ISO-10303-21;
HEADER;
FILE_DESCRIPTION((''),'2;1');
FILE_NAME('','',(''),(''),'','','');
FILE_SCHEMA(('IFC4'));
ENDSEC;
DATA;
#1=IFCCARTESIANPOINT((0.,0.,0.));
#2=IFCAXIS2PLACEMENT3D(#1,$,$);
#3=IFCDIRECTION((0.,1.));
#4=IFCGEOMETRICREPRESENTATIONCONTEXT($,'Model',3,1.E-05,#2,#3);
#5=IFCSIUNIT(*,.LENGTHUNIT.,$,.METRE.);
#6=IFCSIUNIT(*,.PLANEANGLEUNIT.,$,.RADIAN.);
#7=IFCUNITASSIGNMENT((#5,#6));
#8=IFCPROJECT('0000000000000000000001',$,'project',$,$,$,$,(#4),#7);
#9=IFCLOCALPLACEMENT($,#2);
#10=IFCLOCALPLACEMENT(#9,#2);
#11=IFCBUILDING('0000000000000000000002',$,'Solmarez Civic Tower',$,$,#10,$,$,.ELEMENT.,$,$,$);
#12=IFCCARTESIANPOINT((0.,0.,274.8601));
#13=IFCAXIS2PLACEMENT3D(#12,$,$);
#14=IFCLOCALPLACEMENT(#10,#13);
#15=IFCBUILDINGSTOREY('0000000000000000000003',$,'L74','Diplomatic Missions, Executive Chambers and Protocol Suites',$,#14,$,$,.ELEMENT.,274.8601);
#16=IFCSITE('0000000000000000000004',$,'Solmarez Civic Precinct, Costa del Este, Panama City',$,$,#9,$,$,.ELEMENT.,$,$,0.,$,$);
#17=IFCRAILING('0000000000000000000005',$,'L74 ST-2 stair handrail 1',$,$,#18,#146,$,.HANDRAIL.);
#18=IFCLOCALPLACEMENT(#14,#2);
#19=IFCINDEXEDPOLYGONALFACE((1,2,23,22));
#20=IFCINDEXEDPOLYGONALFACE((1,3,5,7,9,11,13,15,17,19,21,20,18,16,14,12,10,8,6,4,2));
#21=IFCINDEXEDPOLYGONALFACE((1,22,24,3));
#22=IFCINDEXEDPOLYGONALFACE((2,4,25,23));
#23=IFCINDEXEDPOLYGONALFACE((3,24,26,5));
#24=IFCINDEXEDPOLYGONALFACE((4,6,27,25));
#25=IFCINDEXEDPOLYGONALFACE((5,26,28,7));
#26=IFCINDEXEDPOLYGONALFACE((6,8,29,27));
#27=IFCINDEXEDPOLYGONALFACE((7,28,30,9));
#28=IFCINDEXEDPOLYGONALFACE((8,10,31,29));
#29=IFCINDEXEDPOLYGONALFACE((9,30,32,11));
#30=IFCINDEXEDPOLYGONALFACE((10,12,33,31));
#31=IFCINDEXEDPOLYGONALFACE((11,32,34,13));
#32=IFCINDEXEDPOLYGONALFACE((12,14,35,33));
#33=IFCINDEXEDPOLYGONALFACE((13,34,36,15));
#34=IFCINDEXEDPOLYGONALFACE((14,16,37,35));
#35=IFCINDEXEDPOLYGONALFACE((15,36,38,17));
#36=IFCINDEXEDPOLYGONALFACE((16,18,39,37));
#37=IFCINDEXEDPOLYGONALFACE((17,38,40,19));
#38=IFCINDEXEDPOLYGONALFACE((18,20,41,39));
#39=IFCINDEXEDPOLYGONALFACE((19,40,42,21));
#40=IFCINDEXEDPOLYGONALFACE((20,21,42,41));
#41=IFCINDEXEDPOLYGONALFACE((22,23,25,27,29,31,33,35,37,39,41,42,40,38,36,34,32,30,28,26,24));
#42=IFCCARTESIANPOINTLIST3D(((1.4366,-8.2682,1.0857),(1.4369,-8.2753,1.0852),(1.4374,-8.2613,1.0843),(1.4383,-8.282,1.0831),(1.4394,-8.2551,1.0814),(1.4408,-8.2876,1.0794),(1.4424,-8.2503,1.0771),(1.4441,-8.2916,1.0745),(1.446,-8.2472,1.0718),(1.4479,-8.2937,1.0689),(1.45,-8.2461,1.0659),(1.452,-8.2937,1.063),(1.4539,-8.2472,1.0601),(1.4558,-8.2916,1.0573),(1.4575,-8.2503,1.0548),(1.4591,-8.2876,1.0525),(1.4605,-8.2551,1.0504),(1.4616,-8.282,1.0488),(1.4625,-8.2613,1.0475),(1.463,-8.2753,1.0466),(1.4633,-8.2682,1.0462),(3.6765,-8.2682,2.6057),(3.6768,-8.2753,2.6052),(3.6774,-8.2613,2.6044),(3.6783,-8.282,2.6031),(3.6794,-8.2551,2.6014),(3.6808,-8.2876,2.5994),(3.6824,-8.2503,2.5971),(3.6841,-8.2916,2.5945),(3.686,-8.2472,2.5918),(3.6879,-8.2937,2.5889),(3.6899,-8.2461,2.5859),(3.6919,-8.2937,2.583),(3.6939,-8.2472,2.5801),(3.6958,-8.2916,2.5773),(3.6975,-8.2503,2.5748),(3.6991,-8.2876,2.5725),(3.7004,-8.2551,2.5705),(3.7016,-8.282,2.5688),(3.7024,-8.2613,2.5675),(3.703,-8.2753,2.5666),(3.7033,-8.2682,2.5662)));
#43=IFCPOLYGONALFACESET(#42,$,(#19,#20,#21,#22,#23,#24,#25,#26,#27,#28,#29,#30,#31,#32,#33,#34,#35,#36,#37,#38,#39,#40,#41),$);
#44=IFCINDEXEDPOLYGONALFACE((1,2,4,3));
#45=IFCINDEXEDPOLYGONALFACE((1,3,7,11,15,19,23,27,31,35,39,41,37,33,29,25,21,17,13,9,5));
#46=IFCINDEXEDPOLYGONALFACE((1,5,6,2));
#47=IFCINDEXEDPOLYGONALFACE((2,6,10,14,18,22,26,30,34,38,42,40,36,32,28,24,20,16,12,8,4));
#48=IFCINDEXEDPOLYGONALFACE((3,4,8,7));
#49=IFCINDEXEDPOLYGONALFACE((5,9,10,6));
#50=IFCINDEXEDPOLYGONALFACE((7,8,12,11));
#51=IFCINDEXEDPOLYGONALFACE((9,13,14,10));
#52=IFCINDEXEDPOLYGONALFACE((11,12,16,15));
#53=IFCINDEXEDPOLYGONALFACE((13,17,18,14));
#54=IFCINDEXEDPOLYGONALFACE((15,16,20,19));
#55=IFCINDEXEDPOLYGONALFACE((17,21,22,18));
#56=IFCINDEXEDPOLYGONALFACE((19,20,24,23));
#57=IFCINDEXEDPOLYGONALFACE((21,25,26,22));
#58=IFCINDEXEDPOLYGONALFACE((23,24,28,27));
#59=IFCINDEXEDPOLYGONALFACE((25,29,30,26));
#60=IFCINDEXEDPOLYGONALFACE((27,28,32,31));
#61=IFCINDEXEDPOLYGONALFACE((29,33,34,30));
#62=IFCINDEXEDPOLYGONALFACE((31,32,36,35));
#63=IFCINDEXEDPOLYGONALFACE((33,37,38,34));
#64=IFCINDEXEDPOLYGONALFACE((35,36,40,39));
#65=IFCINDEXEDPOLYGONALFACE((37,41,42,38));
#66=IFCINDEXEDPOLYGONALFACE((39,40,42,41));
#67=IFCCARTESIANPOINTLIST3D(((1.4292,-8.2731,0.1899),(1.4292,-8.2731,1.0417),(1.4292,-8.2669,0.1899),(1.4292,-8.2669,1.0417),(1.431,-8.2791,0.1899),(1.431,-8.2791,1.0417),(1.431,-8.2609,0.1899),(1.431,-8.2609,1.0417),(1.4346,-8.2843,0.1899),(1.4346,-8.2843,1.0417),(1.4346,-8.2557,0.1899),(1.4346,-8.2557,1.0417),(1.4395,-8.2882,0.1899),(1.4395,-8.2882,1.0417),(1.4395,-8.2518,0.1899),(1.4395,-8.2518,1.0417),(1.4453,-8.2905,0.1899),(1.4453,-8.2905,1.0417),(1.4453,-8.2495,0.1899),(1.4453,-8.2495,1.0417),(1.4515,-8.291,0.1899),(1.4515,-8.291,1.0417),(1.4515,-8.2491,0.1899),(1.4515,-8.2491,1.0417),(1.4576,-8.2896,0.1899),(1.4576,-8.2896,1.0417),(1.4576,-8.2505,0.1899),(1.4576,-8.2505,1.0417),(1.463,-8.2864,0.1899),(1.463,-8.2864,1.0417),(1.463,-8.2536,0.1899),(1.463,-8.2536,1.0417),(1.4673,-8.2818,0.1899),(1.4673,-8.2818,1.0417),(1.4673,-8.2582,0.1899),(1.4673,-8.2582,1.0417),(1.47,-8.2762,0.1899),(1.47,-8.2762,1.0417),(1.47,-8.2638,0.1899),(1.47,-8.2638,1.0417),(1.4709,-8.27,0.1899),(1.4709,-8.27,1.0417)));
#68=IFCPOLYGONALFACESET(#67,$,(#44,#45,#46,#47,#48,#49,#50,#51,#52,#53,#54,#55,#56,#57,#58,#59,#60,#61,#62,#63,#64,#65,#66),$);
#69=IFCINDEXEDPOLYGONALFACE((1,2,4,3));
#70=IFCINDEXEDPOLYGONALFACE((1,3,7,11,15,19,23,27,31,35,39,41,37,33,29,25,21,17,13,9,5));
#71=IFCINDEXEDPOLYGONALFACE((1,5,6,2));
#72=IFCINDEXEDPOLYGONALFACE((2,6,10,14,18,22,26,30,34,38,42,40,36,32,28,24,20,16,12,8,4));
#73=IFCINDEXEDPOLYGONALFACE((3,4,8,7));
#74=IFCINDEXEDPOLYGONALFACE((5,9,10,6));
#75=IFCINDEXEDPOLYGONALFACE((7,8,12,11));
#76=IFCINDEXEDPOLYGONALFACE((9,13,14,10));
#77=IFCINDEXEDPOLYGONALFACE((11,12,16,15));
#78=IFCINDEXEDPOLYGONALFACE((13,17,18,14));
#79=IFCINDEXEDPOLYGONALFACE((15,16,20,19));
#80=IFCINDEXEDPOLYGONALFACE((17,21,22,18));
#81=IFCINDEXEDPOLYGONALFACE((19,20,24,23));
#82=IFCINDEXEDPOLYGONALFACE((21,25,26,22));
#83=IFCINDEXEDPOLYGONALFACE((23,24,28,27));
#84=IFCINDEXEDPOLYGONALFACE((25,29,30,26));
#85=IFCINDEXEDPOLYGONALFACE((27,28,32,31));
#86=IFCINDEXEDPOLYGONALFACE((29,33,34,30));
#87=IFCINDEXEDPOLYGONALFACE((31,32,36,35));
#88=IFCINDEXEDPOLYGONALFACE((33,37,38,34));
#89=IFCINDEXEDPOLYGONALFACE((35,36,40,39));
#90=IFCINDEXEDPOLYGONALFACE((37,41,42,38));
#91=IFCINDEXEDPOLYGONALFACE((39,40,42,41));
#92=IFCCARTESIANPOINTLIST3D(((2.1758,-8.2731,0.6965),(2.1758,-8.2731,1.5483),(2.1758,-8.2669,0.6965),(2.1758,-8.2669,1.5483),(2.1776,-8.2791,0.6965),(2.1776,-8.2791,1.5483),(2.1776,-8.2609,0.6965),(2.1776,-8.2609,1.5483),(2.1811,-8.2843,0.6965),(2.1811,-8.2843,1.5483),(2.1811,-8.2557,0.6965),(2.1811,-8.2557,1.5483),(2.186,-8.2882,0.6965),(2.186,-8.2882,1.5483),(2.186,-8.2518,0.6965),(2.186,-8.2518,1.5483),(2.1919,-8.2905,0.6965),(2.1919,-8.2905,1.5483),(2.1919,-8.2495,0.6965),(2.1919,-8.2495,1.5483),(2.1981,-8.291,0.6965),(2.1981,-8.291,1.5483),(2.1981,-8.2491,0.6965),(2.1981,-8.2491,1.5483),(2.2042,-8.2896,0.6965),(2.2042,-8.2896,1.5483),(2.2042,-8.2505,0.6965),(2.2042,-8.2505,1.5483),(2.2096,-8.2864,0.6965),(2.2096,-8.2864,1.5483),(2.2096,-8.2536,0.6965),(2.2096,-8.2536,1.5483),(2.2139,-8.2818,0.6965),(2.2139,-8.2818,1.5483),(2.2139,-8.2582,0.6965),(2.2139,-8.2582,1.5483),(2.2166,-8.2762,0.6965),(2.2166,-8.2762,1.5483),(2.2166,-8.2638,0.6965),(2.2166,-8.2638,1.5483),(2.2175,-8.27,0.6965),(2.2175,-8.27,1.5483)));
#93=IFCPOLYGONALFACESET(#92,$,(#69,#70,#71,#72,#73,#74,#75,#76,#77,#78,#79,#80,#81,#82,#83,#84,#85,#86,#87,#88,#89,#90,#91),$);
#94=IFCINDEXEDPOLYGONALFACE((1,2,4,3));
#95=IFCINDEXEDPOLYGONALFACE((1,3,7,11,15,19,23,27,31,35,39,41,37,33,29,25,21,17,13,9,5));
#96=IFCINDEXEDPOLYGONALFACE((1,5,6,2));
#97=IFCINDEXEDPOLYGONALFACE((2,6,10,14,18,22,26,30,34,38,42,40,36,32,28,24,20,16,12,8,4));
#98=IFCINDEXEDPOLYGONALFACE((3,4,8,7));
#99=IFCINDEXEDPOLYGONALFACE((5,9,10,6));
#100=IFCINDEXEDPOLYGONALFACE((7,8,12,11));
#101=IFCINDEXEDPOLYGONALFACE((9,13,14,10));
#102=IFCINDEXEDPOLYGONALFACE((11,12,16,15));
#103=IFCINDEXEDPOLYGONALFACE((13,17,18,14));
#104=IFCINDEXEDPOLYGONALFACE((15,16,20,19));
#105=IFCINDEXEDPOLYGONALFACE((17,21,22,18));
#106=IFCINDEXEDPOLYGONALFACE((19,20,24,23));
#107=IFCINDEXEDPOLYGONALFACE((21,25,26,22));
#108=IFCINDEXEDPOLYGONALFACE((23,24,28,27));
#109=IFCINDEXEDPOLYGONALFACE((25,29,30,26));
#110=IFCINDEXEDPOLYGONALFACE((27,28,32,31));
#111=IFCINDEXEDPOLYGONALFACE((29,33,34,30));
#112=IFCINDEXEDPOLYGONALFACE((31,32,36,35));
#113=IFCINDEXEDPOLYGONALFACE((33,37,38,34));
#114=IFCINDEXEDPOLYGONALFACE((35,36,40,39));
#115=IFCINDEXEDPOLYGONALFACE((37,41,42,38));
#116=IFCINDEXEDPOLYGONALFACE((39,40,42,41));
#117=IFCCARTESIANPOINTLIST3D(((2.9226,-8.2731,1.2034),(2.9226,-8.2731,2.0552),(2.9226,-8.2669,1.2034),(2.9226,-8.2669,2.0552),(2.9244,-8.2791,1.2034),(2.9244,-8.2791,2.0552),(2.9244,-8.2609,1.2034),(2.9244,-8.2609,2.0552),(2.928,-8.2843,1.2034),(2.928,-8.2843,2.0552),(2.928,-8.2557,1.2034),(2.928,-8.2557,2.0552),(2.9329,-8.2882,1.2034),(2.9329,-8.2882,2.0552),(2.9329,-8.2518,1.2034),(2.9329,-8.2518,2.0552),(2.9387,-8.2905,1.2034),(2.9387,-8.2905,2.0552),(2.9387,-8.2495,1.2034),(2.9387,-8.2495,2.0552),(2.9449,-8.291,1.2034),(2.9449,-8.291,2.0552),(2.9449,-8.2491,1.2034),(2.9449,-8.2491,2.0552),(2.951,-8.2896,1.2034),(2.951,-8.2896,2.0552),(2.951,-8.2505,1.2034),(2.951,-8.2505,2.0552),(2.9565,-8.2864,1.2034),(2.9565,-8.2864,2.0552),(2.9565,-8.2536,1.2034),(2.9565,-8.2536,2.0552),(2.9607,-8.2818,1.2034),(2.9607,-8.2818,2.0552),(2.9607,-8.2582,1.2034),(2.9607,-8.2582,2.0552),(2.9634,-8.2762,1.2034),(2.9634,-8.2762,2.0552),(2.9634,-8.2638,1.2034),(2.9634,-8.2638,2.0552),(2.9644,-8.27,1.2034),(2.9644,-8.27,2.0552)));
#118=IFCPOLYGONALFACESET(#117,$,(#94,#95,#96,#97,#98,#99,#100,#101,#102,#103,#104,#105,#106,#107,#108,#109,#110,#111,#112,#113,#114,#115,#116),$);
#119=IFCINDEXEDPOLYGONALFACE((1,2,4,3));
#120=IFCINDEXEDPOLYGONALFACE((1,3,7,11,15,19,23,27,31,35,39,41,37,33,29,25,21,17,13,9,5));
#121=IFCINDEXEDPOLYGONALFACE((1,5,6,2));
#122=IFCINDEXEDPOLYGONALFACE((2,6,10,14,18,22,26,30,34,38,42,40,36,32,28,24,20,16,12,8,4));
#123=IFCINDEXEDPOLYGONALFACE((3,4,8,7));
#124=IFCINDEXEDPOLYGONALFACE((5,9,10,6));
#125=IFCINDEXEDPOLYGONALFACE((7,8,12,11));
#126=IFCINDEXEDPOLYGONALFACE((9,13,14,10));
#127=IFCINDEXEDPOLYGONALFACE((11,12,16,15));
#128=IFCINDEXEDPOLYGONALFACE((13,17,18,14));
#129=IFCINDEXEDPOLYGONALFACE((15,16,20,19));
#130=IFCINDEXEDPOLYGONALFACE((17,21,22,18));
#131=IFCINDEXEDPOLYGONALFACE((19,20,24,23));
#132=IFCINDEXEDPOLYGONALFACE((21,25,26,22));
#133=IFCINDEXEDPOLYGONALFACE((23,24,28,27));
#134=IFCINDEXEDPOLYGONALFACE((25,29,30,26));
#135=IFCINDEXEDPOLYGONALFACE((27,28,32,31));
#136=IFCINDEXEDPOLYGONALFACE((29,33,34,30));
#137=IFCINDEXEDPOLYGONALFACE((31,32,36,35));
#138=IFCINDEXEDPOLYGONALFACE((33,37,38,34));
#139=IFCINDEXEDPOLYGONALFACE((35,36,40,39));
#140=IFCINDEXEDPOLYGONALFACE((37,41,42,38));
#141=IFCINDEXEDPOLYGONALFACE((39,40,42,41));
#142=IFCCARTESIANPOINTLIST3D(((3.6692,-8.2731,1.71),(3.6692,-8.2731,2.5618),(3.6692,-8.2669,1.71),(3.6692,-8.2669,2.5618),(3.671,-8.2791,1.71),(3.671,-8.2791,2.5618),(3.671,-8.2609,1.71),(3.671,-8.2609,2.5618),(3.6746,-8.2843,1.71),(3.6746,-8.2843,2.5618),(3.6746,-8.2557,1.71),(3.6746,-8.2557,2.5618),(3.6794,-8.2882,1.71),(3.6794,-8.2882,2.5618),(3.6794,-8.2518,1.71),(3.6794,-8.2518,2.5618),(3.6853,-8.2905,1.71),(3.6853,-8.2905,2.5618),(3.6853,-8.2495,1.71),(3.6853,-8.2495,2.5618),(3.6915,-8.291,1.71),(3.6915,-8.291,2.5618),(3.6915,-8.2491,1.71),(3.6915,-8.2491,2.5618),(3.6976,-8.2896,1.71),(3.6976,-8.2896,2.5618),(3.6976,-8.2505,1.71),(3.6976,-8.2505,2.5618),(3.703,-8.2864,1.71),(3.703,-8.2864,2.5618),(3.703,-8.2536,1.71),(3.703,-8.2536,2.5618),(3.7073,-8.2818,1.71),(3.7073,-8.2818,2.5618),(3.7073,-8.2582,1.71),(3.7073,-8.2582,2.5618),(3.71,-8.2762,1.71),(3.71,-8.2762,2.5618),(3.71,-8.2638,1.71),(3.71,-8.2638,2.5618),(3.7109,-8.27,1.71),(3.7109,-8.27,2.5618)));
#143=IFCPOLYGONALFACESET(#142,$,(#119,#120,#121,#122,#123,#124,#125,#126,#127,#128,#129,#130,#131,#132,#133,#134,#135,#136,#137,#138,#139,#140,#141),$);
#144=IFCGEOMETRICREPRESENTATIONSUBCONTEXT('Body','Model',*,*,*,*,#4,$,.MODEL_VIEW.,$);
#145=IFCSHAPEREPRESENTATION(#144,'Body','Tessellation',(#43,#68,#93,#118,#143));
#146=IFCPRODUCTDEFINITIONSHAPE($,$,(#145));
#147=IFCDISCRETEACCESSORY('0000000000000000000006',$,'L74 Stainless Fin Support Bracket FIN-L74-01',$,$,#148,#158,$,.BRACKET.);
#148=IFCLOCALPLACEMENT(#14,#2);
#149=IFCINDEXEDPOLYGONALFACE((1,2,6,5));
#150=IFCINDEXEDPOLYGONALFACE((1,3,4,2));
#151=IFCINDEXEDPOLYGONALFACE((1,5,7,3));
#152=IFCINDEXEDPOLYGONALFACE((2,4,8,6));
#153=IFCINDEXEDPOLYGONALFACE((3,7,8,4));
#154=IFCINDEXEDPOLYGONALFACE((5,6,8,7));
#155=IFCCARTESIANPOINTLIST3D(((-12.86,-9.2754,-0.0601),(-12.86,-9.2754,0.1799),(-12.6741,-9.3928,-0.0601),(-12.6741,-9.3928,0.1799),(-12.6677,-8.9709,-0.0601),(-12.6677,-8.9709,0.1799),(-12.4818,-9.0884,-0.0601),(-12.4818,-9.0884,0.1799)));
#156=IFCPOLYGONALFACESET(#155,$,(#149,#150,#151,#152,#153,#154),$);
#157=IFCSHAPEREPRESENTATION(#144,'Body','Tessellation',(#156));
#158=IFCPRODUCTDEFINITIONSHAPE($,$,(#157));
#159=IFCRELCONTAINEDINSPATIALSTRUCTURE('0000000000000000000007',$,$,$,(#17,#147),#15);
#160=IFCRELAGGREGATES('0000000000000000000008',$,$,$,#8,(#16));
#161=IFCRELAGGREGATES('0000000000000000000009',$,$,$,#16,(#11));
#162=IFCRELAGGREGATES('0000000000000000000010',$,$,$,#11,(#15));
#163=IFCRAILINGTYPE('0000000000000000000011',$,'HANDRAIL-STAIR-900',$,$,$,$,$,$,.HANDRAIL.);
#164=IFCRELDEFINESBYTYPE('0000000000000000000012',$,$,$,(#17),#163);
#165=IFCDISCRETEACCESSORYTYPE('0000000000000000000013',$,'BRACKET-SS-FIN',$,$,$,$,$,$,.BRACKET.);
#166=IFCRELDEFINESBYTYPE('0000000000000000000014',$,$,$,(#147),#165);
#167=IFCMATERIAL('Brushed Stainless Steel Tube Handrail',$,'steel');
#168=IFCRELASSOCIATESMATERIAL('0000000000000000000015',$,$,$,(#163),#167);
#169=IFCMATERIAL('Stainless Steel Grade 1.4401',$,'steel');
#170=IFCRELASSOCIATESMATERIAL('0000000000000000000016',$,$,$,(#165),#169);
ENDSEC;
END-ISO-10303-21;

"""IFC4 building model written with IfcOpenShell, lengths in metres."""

from ifc_helpers import new_model, si_unit, direction, frame, origin, origin_2d, place, context, subcontext, project, spatial, rectangle, circle, extrude, material, type_object, element, save


model = new_model("IFC4")

# Units and contexts
model_context = context("Model", 3, precision=1e-05, world=origin(), true_north=direction((0.0, 1.0)))
body_context = subcontext(model_context, "Body", "Model", "MODEL_VIEW")
ifc_project = project(units=[si_unit("LENGTHUNIT", "METRE"), si_unit("PLANEANGLEUNIT", "RADIAN")], contexts=[model_context])

# Site, building, storey
site_placement = place(None, origin())
site = spatial("IfcSite", under=ifc_project, at=site_placement, Name="Solmarez Civic Precinct, Costa del Este, Panama City", CompositionType="ELEMENT", RefElevation=0.0)
building_placement = place(site_placement, origin())
building = spatial("IfcBuilding", under=site, at=building_placement, Name="Solmarez Civic Tower", CompositionType="ELEMENT")
storey_placement = place(building_placement, frame((0.0, 0.0, 274.8601)))
storey = spatial("IfcBuildingStorey", under=building, at=storey_placement, Name="L74", Description="Diplomatic Missions, Executive Chambers and Protocol Suites", CompositionType="ELEMENT", Elevation=274.8601)

# Railing
ifc_material_1 = material(Name="Brushed Stainless Steel Tube Handrail", Category="steel")
railing_type_1 = type_object("IfcRailingType", Name="HANDRAIL-STAIR-900", PredefinedType="HANDRAIL", material=ifc_material_1)
railing_1_placement = place(storey_placement, frame((1.45, -8.27, 0.1899)))
element("IfcRailing", 1, at=railing_1_placement, inside=storey, type_object=railing_type_1, Name="L74 ST-2 stair handrail 1", PredefinedType="HANDRAIL", context=body_context, shape_type="SweptSolid", body=[
    extrude(circle(Radius=0.0239, at=origin_2d()), frame((0.0, 0.0, 0.876), z_axis=(0.827471, 0.0, 0.561508), x_axis=(0.0, 1.0, 0.0)), (0.0, 0.0, 1.0), 2.707),
    extrude(circle(Radius=0.021, at=origin_2d()), origin(), (0.0, 0.0, 1.0), 0.8518),
    extrude(circle(Radius=0.021, at=origin_2d()), frame((0.7466, 0.0, 0.5066)), (0.0, 0.0, 1.0), 0.8518),
    extrude(circle(Radius=0.021, at=origin_2d()), frame((1.4934, 0.0, 1.0134)), (0.0, 0.0, 1.0), 0.8518),
    extrude(circle(Radius=0.021, at=origin_2d()), frame((2.24, 0.0, 1.52)), (0.0, 0.0, 1.0), 0.8518),
])

# Discrete accessory
ifc_material_2 = material(Name="Stainless Steel Grade 1.4401", Category="steel")
discrete_accessory_type = type_object("IfcDiscreteAccessoryType", Name="BRACKET-SS-FIN", PredefinedType="BRACKET", material=ifc_material_2)
discrete_accessory_placement = place(storey_placement, frame((-12.6709, -9.1819, -0.0601), z_axis=(0.0, 0.0, 1.0), x_axis=(-0.534054, -0.84545, 0.0)))
element("IfcDiscreteAccessory", 2, at=discrete_accessory_placement, inside=storey, type_object=discrete_accessory_type, Name="L74 Stainless Fin Support Bracket FIN-L74-01", PredefinedType="BRACKET", context=body_context, shape_type="SweptSolid", body=[
    extrude(rectangle(XDim=0.3601, YDim=0.22, at=origin_2d()), origin(), (0.0, 0.0, 1.0), 0.24),
])

save(model, "model.ifc")
